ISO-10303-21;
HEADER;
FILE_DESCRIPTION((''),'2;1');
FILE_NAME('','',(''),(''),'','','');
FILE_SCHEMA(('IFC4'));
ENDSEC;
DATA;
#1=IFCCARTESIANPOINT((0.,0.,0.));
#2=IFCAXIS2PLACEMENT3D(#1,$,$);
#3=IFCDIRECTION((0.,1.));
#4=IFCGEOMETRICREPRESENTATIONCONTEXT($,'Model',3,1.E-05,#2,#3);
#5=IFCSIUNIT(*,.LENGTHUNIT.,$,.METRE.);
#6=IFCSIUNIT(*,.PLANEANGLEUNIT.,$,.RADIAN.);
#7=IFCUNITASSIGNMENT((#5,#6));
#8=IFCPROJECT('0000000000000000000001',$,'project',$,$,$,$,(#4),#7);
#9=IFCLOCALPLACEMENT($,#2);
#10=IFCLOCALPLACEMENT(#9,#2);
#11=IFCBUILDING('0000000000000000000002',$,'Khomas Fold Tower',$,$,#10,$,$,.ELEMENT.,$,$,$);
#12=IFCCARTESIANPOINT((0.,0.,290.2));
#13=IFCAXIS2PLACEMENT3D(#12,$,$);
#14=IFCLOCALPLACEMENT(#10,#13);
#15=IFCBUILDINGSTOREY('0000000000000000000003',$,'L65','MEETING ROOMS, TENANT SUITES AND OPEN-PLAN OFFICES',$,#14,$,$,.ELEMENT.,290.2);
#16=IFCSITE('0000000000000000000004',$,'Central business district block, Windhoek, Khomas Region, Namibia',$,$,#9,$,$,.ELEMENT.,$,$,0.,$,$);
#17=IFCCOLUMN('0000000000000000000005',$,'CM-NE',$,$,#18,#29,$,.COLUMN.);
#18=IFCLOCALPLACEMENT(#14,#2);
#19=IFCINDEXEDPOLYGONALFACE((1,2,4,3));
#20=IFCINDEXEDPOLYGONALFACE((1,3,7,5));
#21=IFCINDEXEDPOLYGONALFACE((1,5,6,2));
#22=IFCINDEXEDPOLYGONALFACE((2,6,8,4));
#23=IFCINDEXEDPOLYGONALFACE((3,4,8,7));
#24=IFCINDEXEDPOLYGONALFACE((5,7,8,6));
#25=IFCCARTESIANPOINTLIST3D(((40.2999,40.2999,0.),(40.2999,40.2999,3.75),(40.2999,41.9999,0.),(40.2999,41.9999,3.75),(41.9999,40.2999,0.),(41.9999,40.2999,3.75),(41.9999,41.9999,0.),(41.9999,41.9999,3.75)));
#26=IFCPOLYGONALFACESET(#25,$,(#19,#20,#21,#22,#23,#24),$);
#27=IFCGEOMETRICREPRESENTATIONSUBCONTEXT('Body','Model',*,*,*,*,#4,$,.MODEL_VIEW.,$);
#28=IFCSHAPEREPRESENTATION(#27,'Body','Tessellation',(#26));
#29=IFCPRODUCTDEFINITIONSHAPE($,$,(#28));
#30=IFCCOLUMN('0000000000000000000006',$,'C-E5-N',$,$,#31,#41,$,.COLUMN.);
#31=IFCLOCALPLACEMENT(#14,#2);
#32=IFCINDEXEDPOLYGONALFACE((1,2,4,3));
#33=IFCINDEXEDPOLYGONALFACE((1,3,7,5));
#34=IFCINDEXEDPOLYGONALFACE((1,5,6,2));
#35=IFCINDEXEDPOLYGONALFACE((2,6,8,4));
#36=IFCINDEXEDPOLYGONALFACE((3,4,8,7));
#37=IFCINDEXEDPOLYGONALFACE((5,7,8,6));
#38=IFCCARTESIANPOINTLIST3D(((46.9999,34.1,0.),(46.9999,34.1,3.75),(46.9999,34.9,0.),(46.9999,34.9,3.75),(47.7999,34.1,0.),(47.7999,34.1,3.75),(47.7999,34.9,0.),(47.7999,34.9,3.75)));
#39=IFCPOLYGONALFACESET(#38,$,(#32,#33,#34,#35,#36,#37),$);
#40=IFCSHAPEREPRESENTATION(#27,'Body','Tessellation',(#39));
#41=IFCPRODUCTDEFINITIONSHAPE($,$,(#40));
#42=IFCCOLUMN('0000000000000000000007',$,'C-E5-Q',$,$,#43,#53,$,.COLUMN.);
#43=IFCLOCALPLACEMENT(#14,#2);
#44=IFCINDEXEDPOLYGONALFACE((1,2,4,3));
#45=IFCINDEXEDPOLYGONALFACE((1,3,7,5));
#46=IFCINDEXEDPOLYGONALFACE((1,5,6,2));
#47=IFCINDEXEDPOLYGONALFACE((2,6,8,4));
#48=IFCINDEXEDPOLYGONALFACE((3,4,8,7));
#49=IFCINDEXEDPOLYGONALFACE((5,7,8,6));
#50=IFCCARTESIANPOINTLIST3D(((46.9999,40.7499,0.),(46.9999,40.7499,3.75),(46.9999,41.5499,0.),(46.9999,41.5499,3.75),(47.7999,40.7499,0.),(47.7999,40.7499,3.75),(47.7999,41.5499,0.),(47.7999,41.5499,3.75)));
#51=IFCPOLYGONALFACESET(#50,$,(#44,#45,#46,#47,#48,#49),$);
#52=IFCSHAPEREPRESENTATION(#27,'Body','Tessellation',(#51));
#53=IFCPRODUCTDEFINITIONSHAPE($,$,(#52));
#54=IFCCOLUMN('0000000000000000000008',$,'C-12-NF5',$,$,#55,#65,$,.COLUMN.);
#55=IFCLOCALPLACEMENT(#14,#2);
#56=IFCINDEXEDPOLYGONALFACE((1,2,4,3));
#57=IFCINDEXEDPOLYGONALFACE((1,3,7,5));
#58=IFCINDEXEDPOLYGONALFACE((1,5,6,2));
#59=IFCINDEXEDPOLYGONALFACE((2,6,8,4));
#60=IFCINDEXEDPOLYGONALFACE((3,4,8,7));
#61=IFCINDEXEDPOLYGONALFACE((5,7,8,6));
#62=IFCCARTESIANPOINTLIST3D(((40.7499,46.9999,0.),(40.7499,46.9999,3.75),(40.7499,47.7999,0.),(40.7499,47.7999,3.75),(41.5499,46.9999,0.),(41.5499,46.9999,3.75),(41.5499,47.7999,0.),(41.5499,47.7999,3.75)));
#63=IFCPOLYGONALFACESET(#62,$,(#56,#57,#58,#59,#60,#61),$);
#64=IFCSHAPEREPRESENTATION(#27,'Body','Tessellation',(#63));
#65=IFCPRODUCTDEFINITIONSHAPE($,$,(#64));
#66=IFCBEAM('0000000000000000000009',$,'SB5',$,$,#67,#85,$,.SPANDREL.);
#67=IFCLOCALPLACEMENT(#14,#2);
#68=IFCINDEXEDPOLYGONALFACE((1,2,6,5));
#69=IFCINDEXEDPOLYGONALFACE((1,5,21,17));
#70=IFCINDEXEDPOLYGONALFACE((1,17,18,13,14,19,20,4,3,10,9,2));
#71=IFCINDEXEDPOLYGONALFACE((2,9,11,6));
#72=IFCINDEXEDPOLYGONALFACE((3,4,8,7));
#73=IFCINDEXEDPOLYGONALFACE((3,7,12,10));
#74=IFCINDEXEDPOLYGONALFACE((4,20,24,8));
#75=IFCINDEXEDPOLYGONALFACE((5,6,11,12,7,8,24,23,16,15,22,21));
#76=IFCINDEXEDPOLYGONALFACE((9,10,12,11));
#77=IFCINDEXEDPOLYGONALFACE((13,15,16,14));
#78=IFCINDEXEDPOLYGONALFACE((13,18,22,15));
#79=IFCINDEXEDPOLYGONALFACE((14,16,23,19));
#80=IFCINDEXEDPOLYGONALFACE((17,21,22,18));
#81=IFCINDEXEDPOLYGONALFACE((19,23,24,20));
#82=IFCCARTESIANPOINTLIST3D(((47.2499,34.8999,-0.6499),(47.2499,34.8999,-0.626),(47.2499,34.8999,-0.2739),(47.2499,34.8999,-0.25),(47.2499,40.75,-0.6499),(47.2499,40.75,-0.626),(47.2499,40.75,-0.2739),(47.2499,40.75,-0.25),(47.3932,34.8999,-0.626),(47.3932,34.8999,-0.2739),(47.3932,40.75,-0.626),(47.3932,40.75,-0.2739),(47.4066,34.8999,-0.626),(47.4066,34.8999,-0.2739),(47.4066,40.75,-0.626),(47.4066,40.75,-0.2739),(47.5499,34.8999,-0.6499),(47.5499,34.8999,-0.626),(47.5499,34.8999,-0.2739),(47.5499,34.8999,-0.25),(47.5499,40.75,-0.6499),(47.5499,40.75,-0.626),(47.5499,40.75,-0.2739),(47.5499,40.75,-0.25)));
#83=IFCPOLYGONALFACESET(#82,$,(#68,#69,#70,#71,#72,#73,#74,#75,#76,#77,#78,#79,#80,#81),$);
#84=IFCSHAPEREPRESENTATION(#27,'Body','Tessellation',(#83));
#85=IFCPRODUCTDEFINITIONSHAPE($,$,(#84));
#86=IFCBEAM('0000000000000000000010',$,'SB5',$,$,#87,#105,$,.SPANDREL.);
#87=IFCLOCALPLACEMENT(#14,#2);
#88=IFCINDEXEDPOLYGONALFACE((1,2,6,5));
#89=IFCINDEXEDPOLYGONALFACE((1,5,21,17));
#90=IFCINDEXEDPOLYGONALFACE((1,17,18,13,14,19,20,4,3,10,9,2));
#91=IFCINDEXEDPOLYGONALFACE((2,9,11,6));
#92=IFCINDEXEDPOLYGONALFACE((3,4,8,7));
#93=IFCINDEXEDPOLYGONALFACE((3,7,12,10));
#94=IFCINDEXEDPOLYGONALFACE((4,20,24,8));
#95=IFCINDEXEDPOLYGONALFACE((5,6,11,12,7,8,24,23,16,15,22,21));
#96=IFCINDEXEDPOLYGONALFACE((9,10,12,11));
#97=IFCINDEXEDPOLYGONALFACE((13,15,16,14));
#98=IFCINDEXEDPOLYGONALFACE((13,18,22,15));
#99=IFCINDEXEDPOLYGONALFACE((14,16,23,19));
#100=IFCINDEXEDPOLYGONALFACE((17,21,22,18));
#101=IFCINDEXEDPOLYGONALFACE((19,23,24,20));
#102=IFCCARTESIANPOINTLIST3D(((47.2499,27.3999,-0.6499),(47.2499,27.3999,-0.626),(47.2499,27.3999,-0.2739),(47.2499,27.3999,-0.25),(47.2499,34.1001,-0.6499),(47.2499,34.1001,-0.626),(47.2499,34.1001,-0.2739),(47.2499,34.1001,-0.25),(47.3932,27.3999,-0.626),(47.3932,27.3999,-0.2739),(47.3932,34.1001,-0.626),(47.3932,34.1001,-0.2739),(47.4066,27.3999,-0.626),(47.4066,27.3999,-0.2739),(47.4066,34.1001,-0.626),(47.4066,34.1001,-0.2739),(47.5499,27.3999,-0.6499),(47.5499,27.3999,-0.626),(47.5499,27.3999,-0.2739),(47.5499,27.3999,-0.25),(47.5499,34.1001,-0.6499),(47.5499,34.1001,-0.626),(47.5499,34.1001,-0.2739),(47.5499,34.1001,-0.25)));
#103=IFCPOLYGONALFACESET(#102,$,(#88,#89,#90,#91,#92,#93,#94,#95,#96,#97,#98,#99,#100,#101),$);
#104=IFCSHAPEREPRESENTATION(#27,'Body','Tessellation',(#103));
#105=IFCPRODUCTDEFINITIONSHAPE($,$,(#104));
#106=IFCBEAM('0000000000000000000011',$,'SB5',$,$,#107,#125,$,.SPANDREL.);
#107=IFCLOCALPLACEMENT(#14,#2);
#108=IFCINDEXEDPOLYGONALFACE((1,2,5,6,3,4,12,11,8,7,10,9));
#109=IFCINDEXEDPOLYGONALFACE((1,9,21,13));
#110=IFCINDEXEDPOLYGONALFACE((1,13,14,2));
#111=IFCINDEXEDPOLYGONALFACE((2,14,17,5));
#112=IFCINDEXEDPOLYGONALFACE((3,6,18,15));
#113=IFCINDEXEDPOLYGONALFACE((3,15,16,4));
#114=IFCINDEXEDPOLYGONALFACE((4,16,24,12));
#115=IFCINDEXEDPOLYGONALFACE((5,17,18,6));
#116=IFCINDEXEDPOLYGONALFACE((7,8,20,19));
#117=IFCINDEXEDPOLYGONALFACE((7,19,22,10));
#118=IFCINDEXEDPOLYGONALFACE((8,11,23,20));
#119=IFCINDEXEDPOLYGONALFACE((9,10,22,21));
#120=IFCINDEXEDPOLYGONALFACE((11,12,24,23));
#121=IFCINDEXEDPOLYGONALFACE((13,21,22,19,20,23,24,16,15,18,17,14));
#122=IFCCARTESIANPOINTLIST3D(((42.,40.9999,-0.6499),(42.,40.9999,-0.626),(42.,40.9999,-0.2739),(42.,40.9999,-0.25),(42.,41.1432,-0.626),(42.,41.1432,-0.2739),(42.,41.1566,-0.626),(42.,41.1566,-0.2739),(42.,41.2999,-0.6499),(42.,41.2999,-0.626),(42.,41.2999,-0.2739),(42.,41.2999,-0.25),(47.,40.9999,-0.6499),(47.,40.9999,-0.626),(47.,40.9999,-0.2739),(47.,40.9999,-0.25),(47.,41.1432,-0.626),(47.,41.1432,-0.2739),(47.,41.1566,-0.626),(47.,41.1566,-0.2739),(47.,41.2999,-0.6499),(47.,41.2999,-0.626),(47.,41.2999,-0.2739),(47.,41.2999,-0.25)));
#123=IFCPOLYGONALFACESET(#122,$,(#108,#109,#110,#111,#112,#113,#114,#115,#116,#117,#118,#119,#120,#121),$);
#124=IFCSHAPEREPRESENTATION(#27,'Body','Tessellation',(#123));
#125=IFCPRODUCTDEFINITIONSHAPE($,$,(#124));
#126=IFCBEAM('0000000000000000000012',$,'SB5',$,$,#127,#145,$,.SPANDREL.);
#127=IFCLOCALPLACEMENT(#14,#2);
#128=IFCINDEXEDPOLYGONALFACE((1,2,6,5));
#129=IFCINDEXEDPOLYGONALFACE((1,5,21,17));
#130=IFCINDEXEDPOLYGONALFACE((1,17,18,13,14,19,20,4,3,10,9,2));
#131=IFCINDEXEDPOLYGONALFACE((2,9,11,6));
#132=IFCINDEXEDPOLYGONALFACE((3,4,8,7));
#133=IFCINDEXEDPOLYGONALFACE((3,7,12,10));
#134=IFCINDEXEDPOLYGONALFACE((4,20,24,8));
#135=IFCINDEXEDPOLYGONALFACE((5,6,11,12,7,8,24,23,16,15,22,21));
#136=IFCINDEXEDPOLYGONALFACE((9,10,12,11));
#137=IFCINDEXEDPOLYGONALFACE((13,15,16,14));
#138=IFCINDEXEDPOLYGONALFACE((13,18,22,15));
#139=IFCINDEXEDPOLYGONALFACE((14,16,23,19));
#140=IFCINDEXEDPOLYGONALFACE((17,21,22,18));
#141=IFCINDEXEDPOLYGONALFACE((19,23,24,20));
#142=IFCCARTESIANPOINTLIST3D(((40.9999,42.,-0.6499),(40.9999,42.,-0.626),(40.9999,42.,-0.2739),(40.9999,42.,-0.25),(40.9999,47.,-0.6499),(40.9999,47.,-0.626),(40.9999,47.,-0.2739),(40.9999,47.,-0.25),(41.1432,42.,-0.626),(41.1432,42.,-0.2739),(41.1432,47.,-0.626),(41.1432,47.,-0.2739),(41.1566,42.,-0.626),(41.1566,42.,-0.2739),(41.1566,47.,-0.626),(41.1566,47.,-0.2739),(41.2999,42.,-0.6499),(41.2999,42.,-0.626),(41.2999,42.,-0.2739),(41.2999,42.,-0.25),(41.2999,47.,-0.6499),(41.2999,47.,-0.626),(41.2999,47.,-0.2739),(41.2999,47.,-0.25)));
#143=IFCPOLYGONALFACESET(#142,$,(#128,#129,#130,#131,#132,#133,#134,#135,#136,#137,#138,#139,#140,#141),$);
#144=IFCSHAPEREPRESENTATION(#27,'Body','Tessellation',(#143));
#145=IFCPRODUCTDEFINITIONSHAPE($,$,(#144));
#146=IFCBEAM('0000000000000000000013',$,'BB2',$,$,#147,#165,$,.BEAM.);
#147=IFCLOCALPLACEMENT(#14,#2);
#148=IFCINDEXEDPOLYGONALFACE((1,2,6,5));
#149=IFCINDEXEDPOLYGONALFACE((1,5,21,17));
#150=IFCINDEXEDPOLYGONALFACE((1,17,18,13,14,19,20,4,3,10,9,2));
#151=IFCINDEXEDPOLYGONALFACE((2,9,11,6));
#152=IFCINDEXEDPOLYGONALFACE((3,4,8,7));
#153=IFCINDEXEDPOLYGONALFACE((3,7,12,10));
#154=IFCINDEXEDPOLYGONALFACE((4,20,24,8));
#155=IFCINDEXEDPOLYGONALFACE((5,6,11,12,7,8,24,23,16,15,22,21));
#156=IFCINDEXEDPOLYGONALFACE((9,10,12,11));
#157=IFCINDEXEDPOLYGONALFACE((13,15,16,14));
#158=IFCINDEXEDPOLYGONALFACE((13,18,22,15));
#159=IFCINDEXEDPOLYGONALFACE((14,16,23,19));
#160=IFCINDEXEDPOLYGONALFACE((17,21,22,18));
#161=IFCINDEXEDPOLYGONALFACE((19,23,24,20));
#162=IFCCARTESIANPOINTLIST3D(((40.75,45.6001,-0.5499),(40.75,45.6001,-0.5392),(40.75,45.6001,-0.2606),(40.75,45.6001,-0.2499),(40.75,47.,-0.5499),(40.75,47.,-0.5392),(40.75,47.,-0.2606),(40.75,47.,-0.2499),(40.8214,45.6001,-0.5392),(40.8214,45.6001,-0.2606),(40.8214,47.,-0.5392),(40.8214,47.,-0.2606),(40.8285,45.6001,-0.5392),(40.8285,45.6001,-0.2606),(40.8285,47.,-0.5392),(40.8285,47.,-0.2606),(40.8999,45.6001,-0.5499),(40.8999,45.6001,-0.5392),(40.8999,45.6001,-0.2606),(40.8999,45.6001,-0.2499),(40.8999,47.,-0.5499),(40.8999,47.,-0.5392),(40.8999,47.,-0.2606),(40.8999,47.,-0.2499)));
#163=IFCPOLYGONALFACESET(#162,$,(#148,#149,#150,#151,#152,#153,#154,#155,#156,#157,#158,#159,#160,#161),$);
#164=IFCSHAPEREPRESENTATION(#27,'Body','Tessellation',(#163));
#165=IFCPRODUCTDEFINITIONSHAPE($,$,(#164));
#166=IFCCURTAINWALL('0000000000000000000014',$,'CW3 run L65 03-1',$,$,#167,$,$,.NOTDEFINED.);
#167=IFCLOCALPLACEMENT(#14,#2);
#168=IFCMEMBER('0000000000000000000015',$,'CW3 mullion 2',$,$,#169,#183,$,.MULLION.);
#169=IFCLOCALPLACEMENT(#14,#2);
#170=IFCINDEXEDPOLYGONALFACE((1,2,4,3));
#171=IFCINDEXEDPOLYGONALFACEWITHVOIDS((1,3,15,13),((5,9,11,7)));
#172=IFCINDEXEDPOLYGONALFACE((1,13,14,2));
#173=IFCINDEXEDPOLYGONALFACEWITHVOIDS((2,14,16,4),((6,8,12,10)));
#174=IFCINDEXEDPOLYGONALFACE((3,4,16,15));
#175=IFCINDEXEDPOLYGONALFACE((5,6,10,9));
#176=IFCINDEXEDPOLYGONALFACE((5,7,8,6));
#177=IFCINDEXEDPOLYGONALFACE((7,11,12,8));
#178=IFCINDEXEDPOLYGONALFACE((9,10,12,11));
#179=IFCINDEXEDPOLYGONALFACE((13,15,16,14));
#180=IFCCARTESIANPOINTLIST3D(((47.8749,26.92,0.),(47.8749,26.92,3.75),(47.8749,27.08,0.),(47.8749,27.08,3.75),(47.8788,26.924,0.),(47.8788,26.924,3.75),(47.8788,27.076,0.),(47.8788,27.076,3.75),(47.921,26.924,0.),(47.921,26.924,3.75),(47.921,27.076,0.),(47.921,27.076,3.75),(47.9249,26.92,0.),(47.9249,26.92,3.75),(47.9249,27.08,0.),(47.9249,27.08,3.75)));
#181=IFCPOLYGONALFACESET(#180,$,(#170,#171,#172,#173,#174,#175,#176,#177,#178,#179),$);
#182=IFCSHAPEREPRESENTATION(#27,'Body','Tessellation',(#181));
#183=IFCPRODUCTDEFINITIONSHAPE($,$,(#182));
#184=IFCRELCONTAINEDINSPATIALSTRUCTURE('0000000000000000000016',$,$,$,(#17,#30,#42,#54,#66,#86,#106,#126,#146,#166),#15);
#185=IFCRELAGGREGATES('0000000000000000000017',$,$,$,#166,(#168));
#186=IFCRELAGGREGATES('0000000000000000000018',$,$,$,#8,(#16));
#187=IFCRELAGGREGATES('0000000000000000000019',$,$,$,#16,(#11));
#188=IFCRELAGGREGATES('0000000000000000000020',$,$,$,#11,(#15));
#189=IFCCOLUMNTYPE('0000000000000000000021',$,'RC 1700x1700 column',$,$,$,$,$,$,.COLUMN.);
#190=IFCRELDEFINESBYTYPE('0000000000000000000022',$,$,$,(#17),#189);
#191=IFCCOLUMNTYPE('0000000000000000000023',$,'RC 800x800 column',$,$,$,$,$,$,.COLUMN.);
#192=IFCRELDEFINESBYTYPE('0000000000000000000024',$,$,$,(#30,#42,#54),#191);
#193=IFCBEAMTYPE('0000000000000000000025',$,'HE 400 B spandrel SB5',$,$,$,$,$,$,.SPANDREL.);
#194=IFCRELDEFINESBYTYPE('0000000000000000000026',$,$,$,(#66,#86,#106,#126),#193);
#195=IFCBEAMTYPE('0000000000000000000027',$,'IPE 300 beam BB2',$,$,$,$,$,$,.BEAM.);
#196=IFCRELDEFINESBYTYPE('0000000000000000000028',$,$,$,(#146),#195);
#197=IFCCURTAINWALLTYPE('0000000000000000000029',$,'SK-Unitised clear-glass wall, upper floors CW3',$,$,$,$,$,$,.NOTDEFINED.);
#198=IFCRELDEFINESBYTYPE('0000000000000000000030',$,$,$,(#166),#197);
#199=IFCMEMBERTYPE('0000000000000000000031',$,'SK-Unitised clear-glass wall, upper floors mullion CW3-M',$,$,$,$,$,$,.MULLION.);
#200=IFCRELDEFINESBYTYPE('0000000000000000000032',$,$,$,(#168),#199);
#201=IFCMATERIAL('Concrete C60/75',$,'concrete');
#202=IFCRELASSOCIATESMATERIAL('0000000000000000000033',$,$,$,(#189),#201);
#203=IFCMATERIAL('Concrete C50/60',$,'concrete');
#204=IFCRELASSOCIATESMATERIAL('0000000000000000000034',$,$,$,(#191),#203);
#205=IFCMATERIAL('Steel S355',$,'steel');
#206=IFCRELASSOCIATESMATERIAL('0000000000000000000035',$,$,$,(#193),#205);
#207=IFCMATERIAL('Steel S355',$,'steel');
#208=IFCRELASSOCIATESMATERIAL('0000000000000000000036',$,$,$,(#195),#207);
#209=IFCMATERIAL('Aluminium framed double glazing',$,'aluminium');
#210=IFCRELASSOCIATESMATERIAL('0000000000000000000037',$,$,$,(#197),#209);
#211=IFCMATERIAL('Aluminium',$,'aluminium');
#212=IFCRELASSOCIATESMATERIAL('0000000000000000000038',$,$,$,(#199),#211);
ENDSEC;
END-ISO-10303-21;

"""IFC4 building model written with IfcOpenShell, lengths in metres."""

from ifc_helpers import new_model, si_unit, direction, frame, origin, origin_2d, place, context, subcontext, project, spatial, rectangle, hollow_rectangle, i_section, extrude, source, transform, mapped, material, material_profile, profile_set, type_object, element, aggregate, save


model = new_model("IFC4")

# Units and contexts
model_context = context("Model", 3, precision=1e-05, world=origin(), true_north=direction((0.0, 1.0)))
body_context = subcontext(model_context, "Body", "Model", "MODEL_VIEW")
ifc_project = project(units=[si_unit("LENGTHUNIT", "METRE"), si_unit("PLANEANGLEUNIT", "RADIAN")], contexts=[model_context])

# Site, building, storey
site_placement = place(None, origin())
site = spatial("IfcSite", under=ifc_project, at=site_placement, Name="Central business district block, Windhoek, Khomas Region, Namibia", CompositionType="ELEMENT", RefElevation=0.0)
building_placement = place(site_placement, origin())
building = spatial("IfcBuilding", under=site, at=building_placement, Name="Khomas Fold Tower", CompositionType="ELEMENT")
storey_placement = place(building_placement, frame((0.0, 0.0, 290.2)))
storey = spatial("IfcBuildingStorey", under=building, at=storey_placement, Name="L65", Description="MEETING ROOMS, TENANT SUITES AND OPEN-PLAN OFFICES", CompositionType="ELEMENT", Elevation=290.2)

# Columns
ifc_material_1 = material(Name="Concrete C60/75", Category="concrete")
ifc_material_profile_1 = material_profile(ifc_material_1, rectangle(XDim=1.7, YDim=1.7, at=origin_2d()), Name="RC 1700x1700")
ifc_profile_set_1 = profile_set([ifc_material_profile_1], Name="Concrete C60/75")
column_type_1 = type_object("IfcColumnType", Name="RC 1700x1700 column", PredefinedType="COLUMN", material=ifc_profile_set_1)
shared_shape_1 = source(origin(), body_context, "Body", "SweptSolid", [
    extrude(rectangle(XDim=1.7, YDim=1.7, at=origin_2d()), origin(), (0.0, 0.0, 1.0), 3.75),
])
column_placement = place(storey_placement, frame((41.1499, 41.1499, 0.0), z_axis=(0.0, 0.0, 1.0), x_axis=(1.0, 0.0, 0.0)))
element("IfcColumn", 1, at=column_placement, inside=storey, type_object=column_type_1, Name="CM-NE", PredefinedType="COLUMN", context=body_context, shape_type="MappedRepresentation", body=[
    mapped(shared_shape_1, transform((0.0, 0.0, 0.0))),
])
ifc_material_2 = material(Name="Concrete C50/60", Category="concrete")
ifc_material_profile_2 = material_profile(ifc_material_2, rectangle(XDim=0.8, YDim=0.8, at=origin_2d()), Name="RC 800x800")
ifc_profile_set_2 = profile_set([ifc_material_profile_2], Name="Concrete C50/60")
column_type_2 = type_object("IfcColumnType", Name="RC 800x800 column", PredefinedType="COLUMN", material=ifc_profile_set_2)
shared_shape_2 = source(origin(), body_context, "Body", "SweptSolid", [
    extrude(rectangle(XDim=0.8, YDim=0.8, at=origin_2d()), origin(), (0.0, 0.0, 1.0), 3.75),
])
for number, where, z_axis, x_axis, name in (
    (2, (47.3999, 34.5, 0.0), (0.0, 0.0, 1.0), (1.0, 0.0, 0.0), "C-E5-N"),
    (3, (47.3999, 41.1499, 0.0), (0.0, 0.0, 1.0), (1.0, 0.0, 0.0), "C-E5-Q"),
    (4, (41.1499, 47.3999, 0.0), (0.0, 0.0, 1.0), (1.0, 0.0, 0.0), "C-12-NF5"),
):
    element("IfcColumn", number, at=place(storey_placement, frame(where, z_axis=z_axis, x_axis=x_axis)), inside=storey, type_object=column_type_2, Name=name, PredefinedType="COLUMN", context=body_context, shape_type="MappedRepresentation", body=[
        mapped(shared_shape_2, transform((0.0, 0.0, 0.0))),
    ])

# Beams
ifc_material_3 = material(Name="Steel S355", Category="steel")
ifc_material_profile_3 = material_profile(ifc_material_3, i_section(OverallWidth=0.3, OverallDepth=0.3999, WebThickness=0.0134, FlangeThickness=0.0239, at=origin_2d()), Name="HE 400 B")
ifc_profile_set_3 = profile_set([ifc_material_profile_3], Name="Steel S355")
beam_type_1 = type_object("IfcBeamType", Name="HE 400 B spandrel SB5", PredefinedType="SPANDREL", material=ifc_profile_set_3)
shared_shape_3 = source(origin(), body_context, "Body", "SweptSolid", [
    extrude(i_section(OverallWidth=0.3, OverallDepth=0.3999, WebThickness=0.0134, FlangeThickness=0.0239, at=origin_2d()), origin(), (0.0, 0.0, 1.0), 5.8501),
])
beam_1_placement = place(storey_placement, frame((47.3999, 34.8999, -0.45), z_axis=(0.0, 1.0, 0.0), x_axis=(-1.0, 0.0, 0.0)))
element("IfcBeam", 5, at=beam_1_placement, inside=storey, type_object=beam_type_1, Name="SB5", PredefinedType="SPANDREL", context=body_context, shape_type="MappedRepresentation", body=[
    mapped(shared_shape_3, transform((0.0, 0.0, 0.0))),
])
shared_shape_4 = source(origin(), body_context, "Body", "SweptSolid", [
    extrude(i_section(OverallWidth=0.3, OverallDepth=0.3999, WebThickness=0.0134, FlangeThickness=0.0239, at=origin_2d()), origin(), (0.0, 0.0, 1.0), 6.7002),
])
beam_2_placement = place(storey_placement, frame((47.3999, 27.3999, -0.45), z_axis=(0.0, 1.0, 0.0), x_axis=(-1.0, 0.0, 0.0)))
element("IfcBeam", 6, at=beam_2_placement, inside=storey, type_object=beam_type_1, Name="SB5", PredefinedType="SPANDREL", context=body_context, shape_type="MappedRepresentation", body=[
    mapped(shared_shape_4, transform((0.0, 0.0, 0.0))),
])
shared_shape_5 = source(origin(), body_context, "Body", "SweptSolid", [
    extrude(i_section(OverallWidth=0.3, OverallDepth=0.3999, WebThickness=0.0134, FlangeThickness=0.0239, at=origin_2d()), origin(), (0.0, 0.0, 1.0), 5.0),
])
for number, where, z_axis, x_axis, name in (
    (7, (42.0, 41.1499, -0.45), (1.0, 0.0, 0.0), (0.0, 1.0, 0.0), "SB5"),
    (8, (41.1499, 42.0, -0.45), (0.0, 1.0, 0.0), (-1.0, 0.0, 0.0), "SB5"),
):
    element("IfcBeam", number, at=place(storey_placement, frame(where, z_axis=z_axis, x_axis=x_axis)), inside=storey, type_object=beam_type_1, Name=name, PredefinedType="SPANDREL", context=body_context, shape_type="MappedRepresentation", body=[
        mapped(shared_shape_5, transform((0.0, 0.0, 0.0))),
    ])
ifc_material_4 = material(Name="Steel S355", Category="steel")
ifc_material_profile_4 = material_profile(ifc_material_4, i_section(OverallWidth=0.1499, OverallDepth=0.3, WebThickness=0.0071, FlangeThickness=0.0107, at=origin_2d()), Name="IPE 300")
ifc_profile_set_4 = profile_set([ifc_material_profile_4], Name="Steel S355")
beam_type_2 = type_object("IfcBeamType", Name="IPE 300 beam BB2", PredefinedType="BEAM", material=ifc_profile_set_4)
shared_shape_6 = source(origin(), body_context, "Body", "SweptSolid", [
    extrude(i_section(OverallWidth=0.1499, OverallDepth=0.3, WebThickness=0.0071, FlangeThickness=0.0107, at=origin_2d()), origin(), (0.0, 0.0, 1.0), 1.3999),
])
beam_3_placement = place(storey_placement, frame((40.825, 45.6001, -0.3999), z_axis=(0.0, 1.0, 0.0), x_axis=(-1.0, 0.0, 0.0)))
element("IfcBeam", 9, at=beam_3_placement, inside=storey, type_object=beam_type_2, Name="BB2", PredefinedType="BEAM", context=body_context, shape_type="MappedRepresentation", body=[
    mapped(shared_shape_6, transform((0.0, 0.0, 0.0))),
])

# Curtain wall, member
ifc_material_5 = material(Name="Aluminium framed double glazing", Category="aluminium")
curtain_wall_type = type_object("IfcCurtainWallType", Name="SK-Unitised clear-glass wall, upper floors CW3", PredefinedType="NOTDEFINED", material=ifc_material_5)
curtain_wall_1_placement = place(storey_placement, origin())
curtain_wall_1 = element("IfcCurtainWall", 10, at=curtain_wall_1_placement, inside=storey, type_object=curtain_wall_type, Name="CW3 run L65 03-1", PredefinedType="NOTDEFINED")
ifc_material_6 = material(Name="Aluminium", Category="aluminium")
ifc_material_profile_5 = material_profile(ifc_material_6, hollow_rectangle(XDim=0.05, YDim=0.1599, WallThickness=0.0039, at=origin_2d()), Name="SK-Unitised clear-glass wall, upper floors mullion CW3-M")
ifc_profile_set_5 = profile_set([ifc_material_profile_5], Name="Aluminium")
member_type_1 = type_object("IfcMemberType", Name="SK-Unitised clear-glass wall, upper floors mullion CW3-M", PredefinedType="MULLION", material=ifc_profile_set_5)
shared_shape_7 = source(origin(), body_context, "Body", "SweptSolid", [
    extrude(hollow_rectangle(XDim=0.05, YDim=0.1599, WallThickness=0.0039, at=origin_2d()), origin(), (0.0, 0.0, 1.0), 3.75),
])
member_1_placement = place(storey_placement, frame((47.8999, 27.0, 0.0), z_axis=(0.0, 0.0, 1.0), x_axis=(-1.0, 0.0, 0.0)))
member_1 = element("IfcMember", 11, at=member_1_placement, type_object=member_type_1, Name="CW3 mullion 2", PredefinedType="MULLION", context=body_context, shape_type="MappedRepresentation", body=[
    mapped(shared_shape_7, transform((0.0, 0.0, 0.0))),
])

aggregate(curtain_wall_1, [member_1])

save(model, "model.ifc")
